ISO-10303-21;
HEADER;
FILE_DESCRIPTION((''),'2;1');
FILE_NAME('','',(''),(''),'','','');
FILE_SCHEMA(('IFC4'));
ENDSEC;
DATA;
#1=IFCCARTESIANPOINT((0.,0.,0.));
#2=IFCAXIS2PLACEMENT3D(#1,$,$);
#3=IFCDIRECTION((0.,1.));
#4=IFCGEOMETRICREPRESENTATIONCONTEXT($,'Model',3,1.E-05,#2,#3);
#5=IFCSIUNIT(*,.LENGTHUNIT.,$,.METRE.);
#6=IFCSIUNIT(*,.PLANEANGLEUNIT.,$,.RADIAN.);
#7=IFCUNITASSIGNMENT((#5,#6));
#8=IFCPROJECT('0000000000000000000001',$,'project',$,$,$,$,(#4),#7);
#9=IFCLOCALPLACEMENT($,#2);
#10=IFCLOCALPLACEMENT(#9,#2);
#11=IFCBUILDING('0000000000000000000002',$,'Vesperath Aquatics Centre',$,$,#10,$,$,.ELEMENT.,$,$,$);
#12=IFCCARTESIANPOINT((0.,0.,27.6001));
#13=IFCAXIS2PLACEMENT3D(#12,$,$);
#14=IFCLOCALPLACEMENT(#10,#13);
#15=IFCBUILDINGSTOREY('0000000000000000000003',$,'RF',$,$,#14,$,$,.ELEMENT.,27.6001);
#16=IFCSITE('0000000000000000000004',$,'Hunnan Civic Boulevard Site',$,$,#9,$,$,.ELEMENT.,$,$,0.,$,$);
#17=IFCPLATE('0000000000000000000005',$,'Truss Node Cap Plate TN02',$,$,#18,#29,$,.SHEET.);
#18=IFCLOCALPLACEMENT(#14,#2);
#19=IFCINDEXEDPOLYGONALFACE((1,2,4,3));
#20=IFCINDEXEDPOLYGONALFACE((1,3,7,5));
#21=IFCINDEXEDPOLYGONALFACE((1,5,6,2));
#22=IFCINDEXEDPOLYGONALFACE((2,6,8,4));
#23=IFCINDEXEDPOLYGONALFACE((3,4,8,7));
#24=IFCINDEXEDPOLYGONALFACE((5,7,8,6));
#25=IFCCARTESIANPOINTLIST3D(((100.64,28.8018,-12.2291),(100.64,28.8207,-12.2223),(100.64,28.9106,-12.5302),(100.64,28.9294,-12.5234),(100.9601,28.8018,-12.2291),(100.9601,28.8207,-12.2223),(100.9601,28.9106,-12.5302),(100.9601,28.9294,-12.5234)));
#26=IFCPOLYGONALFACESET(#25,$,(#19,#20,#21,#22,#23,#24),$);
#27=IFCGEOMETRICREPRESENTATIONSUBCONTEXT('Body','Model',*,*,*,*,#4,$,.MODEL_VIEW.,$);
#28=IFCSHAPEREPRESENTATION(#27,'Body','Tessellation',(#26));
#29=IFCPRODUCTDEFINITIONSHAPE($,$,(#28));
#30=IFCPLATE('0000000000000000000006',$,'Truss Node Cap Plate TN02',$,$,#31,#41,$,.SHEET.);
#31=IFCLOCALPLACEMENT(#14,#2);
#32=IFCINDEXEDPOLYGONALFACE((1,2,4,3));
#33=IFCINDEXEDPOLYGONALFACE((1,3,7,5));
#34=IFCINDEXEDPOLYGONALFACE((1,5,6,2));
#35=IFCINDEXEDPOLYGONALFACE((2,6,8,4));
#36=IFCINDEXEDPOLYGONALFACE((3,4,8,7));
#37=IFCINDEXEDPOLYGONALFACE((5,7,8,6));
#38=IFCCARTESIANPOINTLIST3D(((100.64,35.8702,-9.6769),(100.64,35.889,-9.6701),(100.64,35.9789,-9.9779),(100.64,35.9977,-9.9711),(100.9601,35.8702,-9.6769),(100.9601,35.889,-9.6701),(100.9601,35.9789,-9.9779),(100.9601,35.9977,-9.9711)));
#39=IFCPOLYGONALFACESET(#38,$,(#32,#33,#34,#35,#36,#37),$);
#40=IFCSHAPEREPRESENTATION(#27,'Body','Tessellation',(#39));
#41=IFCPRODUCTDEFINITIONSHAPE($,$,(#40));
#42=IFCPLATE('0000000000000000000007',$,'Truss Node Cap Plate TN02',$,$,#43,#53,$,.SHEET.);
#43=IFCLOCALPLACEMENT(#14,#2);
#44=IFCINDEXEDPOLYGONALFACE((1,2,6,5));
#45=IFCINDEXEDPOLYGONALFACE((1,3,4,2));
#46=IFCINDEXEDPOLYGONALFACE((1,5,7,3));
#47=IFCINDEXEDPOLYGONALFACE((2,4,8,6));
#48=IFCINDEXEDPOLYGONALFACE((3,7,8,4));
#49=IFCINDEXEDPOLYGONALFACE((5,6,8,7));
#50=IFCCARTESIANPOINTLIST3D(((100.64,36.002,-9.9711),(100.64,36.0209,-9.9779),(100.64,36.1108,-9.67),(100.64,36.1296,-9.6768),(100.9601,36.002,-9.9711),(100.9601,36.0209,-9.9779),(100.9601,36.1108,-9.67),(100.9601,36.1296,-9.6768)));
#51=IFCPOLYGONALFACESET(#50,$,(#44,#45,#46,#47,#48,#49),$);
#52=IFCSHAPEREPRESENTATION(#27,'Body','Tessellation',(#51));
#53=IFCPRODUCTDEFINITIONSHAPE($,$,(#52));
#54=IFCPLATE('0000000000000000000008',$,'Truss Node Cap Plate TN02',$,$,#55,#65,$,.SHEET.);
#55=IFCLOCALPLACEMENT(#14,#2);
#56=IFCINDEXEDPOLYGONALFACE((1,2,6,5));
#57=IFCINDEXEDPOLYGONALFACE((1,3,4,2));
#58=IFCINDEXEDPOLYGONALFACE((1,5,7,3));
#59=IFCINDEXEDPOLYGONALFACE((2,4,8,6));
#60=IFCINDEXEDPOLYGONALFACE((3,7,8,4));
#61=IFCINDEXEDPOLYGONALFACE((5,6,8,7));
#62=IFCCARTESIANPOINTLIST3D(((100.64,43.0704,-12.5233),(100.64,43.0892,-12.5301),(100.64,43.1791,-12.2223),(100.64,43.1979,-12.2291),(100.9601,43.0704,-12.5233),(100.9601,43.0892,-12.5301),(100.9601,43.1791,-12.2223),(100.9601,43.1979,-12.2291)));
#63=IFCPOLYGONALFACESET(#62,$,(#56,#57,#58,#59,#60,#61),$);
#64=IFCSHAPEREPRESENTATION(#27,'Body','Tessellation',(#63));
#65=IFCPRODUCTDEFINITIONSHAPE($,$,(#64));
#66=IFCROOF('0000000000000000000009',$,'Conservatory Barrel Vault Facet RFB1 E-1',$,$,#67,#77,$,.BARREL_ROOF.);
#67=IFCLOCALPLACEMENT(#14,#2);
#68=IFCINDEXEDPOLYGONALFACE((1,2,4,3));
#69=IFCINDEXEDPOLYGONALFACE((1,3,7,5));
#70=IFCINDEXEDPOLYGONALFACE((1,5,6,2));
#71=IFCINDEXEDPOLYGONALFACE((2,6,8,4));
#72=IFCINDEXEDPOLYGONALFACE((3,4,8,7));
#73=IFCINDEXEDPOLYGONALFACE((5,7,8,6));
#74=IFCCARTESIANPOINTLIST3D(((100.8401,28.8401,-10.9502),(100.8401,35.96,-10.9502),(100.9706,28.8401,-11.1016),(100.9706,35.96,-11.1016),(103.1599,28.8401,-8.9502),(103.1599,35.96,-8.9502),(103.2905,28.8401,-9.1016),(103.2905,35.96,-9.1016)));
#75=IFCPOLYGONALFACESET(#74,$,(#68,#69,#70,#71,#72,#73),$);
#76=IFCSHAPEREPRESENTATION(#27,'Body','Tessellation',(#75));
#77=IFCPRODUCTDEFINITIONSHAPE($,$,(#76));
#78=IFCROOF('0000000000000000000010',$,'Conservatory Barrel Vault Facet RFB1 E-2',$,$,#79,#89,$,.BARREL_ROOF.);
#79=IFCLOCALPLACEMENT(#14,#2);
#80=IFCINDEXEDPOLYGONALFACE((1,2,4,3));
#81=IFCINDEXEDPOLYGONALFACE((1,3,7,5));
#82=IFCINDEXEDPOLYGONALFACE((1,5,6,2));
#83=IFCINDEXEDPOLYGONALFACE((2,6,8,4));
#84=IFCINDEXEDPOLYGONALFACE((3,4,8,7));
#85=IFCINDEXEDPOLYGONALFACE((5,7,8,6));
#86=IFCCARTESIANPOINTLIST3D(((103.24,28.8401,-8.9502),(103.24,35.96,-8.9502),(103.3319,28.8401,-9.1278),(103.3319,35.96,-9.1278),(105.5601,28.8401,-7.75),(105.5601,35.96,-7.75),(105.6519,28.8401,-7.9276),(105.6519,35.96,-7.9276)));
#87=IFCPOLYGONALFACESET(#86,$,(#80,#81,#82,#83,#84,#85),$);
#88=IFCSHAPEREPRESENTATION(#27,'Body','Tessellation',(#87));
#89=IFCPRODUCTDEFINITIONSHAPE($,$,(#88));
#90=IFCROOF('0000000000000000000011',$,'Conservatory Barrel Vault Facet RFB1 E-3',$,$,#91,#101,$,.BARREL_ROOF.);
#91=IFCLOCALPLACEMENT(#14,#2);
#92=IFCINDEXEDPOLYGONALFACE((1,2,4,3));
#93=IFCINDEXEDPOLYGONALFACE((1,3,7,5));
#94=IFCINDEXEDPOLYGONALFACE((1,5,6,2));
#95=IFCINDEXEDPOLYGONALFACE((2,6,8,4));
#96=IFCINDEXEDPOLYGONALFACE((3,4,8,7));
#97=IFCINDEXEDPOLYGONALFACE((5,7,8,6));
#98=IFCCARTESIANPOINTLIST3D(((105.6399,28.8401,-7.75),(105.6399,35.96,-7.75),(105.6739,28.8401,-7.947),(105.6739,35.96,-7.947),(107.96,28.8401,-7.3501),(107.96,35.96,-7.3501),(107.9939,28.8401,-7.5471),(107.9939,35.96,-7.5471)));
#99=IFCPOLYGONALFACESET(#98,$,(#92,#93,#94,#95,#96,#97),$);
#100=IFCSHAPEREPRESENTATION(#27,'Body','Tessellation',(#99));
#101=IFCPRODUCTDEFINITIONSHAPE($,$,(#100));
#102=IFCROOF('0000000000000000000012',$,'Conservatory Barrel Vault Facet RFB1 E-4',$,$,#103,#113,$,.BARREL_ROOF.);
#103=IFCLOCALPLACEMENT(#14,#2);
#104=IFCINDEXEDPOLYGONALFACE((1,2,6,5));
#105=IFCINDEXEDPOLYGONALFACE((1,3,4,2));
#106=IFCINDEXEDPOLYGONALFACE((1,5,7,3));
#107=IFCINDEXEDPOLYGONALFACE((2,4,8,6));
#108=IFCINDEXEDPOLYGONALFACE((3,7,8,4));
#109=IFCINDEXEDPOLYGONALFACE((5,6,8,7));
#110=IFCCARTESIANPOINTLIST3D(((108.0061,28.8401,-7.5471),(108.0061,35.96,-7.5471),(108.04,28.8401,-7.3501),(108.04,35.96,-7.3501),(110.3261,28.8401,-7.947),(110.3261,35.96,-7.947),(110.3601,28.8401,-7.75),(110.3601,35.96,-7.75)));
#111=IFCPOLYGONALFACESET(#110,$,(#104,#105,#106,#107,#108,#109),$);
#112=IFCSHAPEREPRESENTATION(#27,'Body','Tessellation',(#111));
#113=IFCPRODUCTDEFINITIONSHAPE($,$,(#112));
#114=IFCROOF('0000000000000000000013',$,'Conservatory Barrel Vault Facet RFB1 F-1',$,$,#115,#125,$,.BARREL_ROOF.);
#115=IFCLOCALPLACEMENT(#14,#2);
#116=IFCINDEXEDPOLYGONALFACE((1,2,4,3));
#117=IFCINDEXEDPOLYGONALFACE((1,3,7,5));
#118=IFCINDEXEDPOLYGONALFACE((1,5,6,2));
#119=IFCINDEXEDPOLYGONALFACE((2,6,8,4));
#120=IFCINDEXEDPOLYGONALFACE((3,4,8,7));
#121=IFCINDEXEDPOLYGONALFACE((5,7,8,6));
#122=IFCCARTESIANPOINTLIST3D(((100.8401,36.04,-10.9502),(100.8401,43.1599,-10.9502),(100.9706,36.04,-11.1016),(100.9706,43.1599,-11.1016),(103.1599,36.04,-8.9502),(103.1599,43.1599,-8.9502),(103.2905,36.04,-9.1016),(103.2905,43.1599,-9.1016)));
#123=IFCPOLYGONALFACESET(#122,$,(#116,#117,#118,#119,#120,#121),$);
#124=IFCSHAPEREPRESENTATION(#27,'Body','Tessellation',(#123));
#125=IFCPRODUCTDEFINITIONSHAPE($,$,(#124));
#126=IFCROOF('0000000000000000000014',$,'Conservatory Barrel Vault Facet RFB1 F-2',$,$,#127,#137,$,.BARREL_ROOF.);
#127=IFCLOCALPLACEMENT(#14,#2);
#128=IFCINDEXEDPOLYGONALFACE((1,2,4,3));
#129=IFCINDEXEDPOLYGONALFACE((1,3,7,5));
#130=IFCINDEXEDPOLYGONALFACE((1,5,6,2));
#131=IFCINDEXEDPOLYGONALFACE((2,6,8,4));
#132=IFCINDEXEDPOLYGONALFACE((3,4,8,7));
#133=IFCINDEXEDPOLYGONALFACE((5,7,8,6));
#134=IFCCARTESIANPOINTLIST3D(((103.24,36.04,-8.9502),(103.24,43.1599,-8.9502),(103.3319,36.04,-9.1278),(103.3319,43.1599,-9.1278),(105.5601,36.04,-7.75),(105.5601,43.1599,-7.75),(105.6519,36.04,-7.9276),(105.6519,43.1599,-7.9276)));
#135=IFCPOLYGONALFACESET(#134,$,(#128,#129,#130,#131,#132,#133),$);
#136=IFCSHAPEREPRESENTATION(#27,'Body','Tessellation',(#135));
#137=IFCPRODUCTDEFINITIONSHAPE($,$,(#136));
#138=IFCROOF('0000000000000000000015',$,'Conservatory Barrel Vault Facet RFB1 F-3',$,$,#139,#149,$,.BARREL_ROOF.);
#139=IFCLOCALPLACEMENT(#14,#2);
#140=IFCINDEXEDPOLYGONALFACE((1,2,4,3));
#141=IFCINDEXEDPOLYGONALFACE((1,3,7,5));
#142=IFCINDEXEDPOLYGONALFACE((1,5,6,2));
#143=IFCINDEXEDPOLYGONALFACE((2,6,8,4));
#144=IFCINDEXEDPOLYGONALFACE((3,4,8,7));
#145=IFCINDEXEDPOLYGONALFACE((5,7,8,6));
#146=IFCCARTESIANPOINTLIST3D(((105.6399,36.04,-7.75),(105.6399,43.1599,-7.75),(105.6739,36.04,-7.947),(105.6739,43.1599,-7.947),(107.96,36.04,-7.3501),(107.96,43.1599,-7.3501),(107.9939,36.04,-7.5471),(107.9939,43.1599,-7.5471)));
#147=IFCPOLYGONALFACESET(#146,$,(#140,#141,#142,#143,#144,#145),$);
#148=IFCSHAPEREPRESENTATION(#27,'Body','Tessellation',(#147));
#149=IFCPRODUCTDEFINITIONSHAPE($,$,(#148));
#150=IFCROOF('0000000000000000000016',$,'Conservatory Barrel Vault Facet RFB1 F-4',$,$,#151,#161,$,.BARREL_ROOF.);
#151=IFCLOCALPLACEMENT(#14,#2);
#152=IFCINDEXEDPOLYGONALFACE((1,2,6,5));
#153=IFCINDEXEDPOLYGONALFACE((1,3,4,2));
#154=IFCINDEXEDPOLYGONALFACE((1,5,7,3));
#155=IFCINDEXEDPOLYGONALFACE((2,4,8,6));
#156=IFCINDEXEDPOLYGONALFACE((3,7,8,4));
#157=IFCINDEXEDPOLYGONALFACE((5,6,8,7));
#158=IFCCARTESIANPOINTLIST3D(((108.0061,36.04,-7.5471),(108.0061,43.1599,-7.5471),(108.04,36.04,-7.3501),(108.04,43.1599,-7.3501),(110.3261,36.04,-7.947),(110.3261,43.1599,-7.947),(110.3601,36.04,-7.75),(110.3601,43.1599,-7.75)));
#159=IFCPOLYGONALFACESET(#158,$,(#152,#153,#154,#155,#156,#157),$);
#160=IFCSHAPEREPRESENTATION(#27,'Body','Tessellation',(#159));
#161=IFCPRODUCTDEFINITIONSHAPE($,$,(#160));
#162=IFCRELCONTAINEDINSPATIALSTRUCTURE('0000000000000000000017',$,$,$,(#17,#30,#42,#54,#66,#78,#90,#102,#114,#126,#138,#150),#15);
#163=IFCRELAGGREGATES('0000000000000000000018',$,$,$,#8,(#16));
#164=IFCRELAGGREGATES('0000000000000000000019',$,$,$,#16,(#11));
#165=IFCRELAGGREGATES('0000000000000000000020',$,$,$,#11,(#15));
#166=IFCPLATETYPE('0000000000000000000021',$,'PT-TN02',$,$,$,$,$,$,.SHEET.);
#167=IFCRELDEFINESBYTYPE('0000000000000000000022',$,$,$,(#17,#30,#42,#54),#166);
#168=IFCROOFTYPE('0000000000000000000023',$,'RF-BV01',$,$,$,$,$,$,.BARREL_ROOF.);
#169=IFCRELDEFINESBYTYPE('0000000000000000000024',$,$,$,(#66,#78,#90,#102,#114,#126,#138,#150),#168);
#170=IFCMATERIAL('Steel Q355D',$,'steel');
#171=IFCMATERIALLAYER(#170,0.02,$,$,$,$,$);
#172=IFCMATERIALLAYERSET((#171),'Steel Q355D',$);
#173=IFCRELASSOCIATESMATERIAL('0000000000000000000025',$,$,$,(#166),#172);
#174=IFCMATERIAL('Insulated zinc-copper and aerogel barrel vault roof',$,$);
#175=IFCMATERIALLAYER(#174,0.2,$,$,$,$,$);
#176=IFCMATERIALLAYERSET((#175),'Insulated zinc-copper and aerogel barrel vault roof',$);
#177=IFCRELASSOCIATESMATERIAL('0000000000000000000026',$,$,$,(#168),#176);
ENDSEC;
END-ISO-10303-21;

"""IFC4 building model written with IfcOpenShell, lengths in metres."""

from ifc_helpers import new_model, si_unit, direction, frame, origin, origin_2d, place, context, subcontext, project, spatial, polyline, rectangle, outline, extrude, material, layer, layer_set, type_object, element, save


model = new_model("IFC4")

# Units and contexts
model_context = context("Model", 3, precision=1e-05, world=origin(), true_north=direction((0.0, 1.0)))
body_context = subcontext(model_context, "Body", "Model", "MODEL_VIEW")
ifc_project = project(units=[si_unit("LENGTHUNIT", "METRE"), si_unit("PLANEANGLEUNIT", "RADIAN")], contexts=[model_context])

# Site, building, storey
site_placement = place(None, origin())
site = spatial("IfcSite", under=ifc_project, at=site_placement, Name="Hunnan Civic Boulevard Site", CompositionType="ELEMENT", RefElevation=0.0)
building_placement = place(site_placement, origin())
building = spatial("IfcBuilding", under=site, at=building_placement, Name="Vesperath Aquatics Centre", CompositionType="ELEMENT")
storey_placement = place(building_placement, frame((0.0, 0.0, 27.6001)))
storey = spatial("IfcBuildingStorey", under=building, at=storey_placement, Name="RF", CompositionType="ELEMENT", Elevation=27.6001)

# Shared definitions
ifc_material_1 = material(Name="Steel Q355D", Category="steel")

# Plates
ifc_layer_1 = layer(ifc_material_1, 0.02)
ifc_layer_set_1 = layer_set([ifc_layer_1], Name="Steel Q355D")
plate_type = type_object("IfcPlateType", Name="PT-TN02", PredefinedType="SHEET", material=ifc_layer_set_1)
for number, where, z_axis, x_axis, name in (
    (1, (100.8, 28.8562, -12.3796), (0.0, 0.940554, 0.339644), (-1.0, 0.0, 0.0), "Truss Node Cap Plate TN02"),
    (2, (100.8, 35.9246, -9.8274), (0.0, 0.940554, 0.339644), (-1.0, 0.0, 0.0), "Truss Node Cap Plate TN02"),
    (3, (100.8, 36.0564, -9.8206), (0.0, 0.940554, -0.339644), (-1.0, 0.0, 0.0), "Truss Node Cap Plate TN02"),
    (4, (100.8, 43.1248, -12.3728), (0.0, 0.940554, -0.339644), (-1.0, 0.0, 0.0), "Truss Node Cap Plate TN02"),
):
    element("IfcPlate", number, at=place(storey_placement, frame(where, z_axis=z_axis, x_axis=x_axis)), inside=storey, type_object=plate_type, Name=name, PredefinedType="SHEET", context=body_context, shape_type="SweptSolid", body=[
        extrude(rectangle(XDim=0.3201, YDim=0.3201, at=origin_2d()), origin(), (0.0, 0.0, 1.0), 0.02),
    ])

# Roofs
ifc_material_2 = material(Name="Insulated zinc-copper and aerogel barrel vault roof")
ifc_layer_2 = layer(ifc_material_2, 0.2)
ifc_layer_set_2 = layer_set([ifc_layer_2], Name="Insulated zinc-copper and aerogel barrel vault roof")
roof_type = type_object("IfcRoofType", Name="RF-BV01", PredefinedType="BARREL_ROOF", material=ifc_layer_set_2)
roof_1_placement = place(storey_placement, frame((100.8401, 28.8401, -10.9502), z_axis=(-0.652968, 0.0, 0.757385), x_axis=(0.757385, 0.0, 0.652968)))
element("IfcRoof", 5, at=roof_1_placement, inside=storey, type_object=roof_type, Name="Conservatory Barrel Vault Facet RFB1 E-1", PredefinedType="BARREL_ROOF", context=body_context, shape_type="SweptSolid", body=[
    extrude(outline(polyline([(0.0, 0.0), (3.0629, 0.0), (3.0629, 7.1199), (0.0, 7.1199), (0.0, 0.0)])), origin(), (0.0, 0.0, -1.0), 0.2),
])
roof_2_placement = place(storey_placement, frame((103.24, 28.8401, -8.9502), z_axis=(-0.459471, 0.0, 0.888193), x_axis=(0.888193, 0.0, 0.459471)))
element("IfcRoof", 6, at=roof_2_placement, inside=storey, type_object=roof_type, Name="Conservatory Barrel Vault Facet RFB1 E-2", PredefinedType="BARREL_ROOF", context=body_context, shape_type="SweptSolid", body=[
    extrude(outline(polyline([(0.0, 0.0), (2.6121, 0.0), (2.6121, 7.1199), (0.0, 7.1199), (0.0, 0.0)])), origin(), (0.0, 0.0, -1.0), 0.2),
])
for number, where, z_axis, x_axis, name in (
    (7, (105.6399, 28.8401, -7.75), (-0.169862, 0.0, 0.985468), (0.985468, 0.0, 0.169862), "Conservatory Barrel Vault Facet RFB1 E-3"),
    (8, (108.04, 28.8401, -7.3501), (0.169862, 0.0, 0.985468), (0.985468, 0.0, -0.169862), "Conservatory Barrel Vault Facet RFB1 E-4"),
):
    element("IfcRoof", number, at=place(storey_placement, frame(where, z_axis=z_axis, x_axis=x_axis)), inside=storey, type_object=roof_type, Name=name, PredefinedType="BARREL_ROOF", context=body_context, shape_type="SweptSolid", body=[
        extrude(outline(polyline([(0.0, 0.0), (2.3543, 0.0), (2.3543, 7.1199), (0.0, 7.1199), (0.0, 0.0)])), origin(), (0.0, 0.0, -1.0), 0.2),
    ])
roof_3_placement = place(storey_placement, frame((100.8401, 36.04, -10.9502), z_axis=(-0.652968, 0.0, 0.757385), x_axis=(0.757385, 0.0, 0.652968)))
element("IfcRoof", 9, at=roof_3_placement, inside=storey, type_object=roof_type, Name="Conservatory Barrel Vault Facet RFB1 F-1", PredefinedType="BARREL_ROOF", context=body_context, shape_type="SweptSolid", body=[
    extrude(outline(polyline([(0.0, 0.0), (3.0629, 0.0), (3.0629, 7.1199), (0.0, 7.1199), (0.0, 0.0)])), origin(), (0.0, 0.0, -1.0), 0.2),
])
roof_4_placement = place(storey_placement, frame((103.24, 36.04, -8.9502), z_axis=(-0.459471, 0.0, 0.888193), x_axis=(0.888193, 0.0, 0.459471)))
element("IfcRoof", 10, at=roof_4_placement, inside=storey, type_object=roof_type, Name="Conservatory Barrel Vault Facet RFB1 F-2", PredefinedType="BARREL_ROOF", context=body_context, shape_type="SweptSolid", body=[
    extrude(outline(polyline([(0.0, 0.0), (2.6121, 0.0), (2.6121, 7.1199), (0.0, 7.1199), (0.0, 0.0)])), origin(), (0.0, 0.0, -1.0), 0.2),
])
for number, where, z_axis, x_axis, name in (
    (11, (105.6399, 36.04, -7.75), (-0.169862, 0.0, 0.985468), (0.985468, 0.0, 0.169862), "Conservatory Barrel Vault Facet RFB1 F-3"),
    (12, (108.04, 36.04, -7.3501), (0.169862, 0.0, 0.985468), (0.985468, 0.0, -0.169862), "Conservatory Barrel Vault Facet RFB1 F-4"),
):
    element("IfcRoof", number, at=place(storey_placement, frame(where, z_axis=z_axis, x_axis=x_axis)), inside=storey, type_object=roof_type, Name=name, PredefinedType="BARREL_ROOF", context=body_context, shape_type="SweptSolid", body=[
        extrude(outline(polyline([(0.0, 0.0), (2.3543, 0.0), (2.3543, 7.1199), (0.0, 7.1199), (0.0, 0.0)])), origin(), (0.0, 0.0, -1.0), 0.2),
    ])

save(model, "model.ifc")
